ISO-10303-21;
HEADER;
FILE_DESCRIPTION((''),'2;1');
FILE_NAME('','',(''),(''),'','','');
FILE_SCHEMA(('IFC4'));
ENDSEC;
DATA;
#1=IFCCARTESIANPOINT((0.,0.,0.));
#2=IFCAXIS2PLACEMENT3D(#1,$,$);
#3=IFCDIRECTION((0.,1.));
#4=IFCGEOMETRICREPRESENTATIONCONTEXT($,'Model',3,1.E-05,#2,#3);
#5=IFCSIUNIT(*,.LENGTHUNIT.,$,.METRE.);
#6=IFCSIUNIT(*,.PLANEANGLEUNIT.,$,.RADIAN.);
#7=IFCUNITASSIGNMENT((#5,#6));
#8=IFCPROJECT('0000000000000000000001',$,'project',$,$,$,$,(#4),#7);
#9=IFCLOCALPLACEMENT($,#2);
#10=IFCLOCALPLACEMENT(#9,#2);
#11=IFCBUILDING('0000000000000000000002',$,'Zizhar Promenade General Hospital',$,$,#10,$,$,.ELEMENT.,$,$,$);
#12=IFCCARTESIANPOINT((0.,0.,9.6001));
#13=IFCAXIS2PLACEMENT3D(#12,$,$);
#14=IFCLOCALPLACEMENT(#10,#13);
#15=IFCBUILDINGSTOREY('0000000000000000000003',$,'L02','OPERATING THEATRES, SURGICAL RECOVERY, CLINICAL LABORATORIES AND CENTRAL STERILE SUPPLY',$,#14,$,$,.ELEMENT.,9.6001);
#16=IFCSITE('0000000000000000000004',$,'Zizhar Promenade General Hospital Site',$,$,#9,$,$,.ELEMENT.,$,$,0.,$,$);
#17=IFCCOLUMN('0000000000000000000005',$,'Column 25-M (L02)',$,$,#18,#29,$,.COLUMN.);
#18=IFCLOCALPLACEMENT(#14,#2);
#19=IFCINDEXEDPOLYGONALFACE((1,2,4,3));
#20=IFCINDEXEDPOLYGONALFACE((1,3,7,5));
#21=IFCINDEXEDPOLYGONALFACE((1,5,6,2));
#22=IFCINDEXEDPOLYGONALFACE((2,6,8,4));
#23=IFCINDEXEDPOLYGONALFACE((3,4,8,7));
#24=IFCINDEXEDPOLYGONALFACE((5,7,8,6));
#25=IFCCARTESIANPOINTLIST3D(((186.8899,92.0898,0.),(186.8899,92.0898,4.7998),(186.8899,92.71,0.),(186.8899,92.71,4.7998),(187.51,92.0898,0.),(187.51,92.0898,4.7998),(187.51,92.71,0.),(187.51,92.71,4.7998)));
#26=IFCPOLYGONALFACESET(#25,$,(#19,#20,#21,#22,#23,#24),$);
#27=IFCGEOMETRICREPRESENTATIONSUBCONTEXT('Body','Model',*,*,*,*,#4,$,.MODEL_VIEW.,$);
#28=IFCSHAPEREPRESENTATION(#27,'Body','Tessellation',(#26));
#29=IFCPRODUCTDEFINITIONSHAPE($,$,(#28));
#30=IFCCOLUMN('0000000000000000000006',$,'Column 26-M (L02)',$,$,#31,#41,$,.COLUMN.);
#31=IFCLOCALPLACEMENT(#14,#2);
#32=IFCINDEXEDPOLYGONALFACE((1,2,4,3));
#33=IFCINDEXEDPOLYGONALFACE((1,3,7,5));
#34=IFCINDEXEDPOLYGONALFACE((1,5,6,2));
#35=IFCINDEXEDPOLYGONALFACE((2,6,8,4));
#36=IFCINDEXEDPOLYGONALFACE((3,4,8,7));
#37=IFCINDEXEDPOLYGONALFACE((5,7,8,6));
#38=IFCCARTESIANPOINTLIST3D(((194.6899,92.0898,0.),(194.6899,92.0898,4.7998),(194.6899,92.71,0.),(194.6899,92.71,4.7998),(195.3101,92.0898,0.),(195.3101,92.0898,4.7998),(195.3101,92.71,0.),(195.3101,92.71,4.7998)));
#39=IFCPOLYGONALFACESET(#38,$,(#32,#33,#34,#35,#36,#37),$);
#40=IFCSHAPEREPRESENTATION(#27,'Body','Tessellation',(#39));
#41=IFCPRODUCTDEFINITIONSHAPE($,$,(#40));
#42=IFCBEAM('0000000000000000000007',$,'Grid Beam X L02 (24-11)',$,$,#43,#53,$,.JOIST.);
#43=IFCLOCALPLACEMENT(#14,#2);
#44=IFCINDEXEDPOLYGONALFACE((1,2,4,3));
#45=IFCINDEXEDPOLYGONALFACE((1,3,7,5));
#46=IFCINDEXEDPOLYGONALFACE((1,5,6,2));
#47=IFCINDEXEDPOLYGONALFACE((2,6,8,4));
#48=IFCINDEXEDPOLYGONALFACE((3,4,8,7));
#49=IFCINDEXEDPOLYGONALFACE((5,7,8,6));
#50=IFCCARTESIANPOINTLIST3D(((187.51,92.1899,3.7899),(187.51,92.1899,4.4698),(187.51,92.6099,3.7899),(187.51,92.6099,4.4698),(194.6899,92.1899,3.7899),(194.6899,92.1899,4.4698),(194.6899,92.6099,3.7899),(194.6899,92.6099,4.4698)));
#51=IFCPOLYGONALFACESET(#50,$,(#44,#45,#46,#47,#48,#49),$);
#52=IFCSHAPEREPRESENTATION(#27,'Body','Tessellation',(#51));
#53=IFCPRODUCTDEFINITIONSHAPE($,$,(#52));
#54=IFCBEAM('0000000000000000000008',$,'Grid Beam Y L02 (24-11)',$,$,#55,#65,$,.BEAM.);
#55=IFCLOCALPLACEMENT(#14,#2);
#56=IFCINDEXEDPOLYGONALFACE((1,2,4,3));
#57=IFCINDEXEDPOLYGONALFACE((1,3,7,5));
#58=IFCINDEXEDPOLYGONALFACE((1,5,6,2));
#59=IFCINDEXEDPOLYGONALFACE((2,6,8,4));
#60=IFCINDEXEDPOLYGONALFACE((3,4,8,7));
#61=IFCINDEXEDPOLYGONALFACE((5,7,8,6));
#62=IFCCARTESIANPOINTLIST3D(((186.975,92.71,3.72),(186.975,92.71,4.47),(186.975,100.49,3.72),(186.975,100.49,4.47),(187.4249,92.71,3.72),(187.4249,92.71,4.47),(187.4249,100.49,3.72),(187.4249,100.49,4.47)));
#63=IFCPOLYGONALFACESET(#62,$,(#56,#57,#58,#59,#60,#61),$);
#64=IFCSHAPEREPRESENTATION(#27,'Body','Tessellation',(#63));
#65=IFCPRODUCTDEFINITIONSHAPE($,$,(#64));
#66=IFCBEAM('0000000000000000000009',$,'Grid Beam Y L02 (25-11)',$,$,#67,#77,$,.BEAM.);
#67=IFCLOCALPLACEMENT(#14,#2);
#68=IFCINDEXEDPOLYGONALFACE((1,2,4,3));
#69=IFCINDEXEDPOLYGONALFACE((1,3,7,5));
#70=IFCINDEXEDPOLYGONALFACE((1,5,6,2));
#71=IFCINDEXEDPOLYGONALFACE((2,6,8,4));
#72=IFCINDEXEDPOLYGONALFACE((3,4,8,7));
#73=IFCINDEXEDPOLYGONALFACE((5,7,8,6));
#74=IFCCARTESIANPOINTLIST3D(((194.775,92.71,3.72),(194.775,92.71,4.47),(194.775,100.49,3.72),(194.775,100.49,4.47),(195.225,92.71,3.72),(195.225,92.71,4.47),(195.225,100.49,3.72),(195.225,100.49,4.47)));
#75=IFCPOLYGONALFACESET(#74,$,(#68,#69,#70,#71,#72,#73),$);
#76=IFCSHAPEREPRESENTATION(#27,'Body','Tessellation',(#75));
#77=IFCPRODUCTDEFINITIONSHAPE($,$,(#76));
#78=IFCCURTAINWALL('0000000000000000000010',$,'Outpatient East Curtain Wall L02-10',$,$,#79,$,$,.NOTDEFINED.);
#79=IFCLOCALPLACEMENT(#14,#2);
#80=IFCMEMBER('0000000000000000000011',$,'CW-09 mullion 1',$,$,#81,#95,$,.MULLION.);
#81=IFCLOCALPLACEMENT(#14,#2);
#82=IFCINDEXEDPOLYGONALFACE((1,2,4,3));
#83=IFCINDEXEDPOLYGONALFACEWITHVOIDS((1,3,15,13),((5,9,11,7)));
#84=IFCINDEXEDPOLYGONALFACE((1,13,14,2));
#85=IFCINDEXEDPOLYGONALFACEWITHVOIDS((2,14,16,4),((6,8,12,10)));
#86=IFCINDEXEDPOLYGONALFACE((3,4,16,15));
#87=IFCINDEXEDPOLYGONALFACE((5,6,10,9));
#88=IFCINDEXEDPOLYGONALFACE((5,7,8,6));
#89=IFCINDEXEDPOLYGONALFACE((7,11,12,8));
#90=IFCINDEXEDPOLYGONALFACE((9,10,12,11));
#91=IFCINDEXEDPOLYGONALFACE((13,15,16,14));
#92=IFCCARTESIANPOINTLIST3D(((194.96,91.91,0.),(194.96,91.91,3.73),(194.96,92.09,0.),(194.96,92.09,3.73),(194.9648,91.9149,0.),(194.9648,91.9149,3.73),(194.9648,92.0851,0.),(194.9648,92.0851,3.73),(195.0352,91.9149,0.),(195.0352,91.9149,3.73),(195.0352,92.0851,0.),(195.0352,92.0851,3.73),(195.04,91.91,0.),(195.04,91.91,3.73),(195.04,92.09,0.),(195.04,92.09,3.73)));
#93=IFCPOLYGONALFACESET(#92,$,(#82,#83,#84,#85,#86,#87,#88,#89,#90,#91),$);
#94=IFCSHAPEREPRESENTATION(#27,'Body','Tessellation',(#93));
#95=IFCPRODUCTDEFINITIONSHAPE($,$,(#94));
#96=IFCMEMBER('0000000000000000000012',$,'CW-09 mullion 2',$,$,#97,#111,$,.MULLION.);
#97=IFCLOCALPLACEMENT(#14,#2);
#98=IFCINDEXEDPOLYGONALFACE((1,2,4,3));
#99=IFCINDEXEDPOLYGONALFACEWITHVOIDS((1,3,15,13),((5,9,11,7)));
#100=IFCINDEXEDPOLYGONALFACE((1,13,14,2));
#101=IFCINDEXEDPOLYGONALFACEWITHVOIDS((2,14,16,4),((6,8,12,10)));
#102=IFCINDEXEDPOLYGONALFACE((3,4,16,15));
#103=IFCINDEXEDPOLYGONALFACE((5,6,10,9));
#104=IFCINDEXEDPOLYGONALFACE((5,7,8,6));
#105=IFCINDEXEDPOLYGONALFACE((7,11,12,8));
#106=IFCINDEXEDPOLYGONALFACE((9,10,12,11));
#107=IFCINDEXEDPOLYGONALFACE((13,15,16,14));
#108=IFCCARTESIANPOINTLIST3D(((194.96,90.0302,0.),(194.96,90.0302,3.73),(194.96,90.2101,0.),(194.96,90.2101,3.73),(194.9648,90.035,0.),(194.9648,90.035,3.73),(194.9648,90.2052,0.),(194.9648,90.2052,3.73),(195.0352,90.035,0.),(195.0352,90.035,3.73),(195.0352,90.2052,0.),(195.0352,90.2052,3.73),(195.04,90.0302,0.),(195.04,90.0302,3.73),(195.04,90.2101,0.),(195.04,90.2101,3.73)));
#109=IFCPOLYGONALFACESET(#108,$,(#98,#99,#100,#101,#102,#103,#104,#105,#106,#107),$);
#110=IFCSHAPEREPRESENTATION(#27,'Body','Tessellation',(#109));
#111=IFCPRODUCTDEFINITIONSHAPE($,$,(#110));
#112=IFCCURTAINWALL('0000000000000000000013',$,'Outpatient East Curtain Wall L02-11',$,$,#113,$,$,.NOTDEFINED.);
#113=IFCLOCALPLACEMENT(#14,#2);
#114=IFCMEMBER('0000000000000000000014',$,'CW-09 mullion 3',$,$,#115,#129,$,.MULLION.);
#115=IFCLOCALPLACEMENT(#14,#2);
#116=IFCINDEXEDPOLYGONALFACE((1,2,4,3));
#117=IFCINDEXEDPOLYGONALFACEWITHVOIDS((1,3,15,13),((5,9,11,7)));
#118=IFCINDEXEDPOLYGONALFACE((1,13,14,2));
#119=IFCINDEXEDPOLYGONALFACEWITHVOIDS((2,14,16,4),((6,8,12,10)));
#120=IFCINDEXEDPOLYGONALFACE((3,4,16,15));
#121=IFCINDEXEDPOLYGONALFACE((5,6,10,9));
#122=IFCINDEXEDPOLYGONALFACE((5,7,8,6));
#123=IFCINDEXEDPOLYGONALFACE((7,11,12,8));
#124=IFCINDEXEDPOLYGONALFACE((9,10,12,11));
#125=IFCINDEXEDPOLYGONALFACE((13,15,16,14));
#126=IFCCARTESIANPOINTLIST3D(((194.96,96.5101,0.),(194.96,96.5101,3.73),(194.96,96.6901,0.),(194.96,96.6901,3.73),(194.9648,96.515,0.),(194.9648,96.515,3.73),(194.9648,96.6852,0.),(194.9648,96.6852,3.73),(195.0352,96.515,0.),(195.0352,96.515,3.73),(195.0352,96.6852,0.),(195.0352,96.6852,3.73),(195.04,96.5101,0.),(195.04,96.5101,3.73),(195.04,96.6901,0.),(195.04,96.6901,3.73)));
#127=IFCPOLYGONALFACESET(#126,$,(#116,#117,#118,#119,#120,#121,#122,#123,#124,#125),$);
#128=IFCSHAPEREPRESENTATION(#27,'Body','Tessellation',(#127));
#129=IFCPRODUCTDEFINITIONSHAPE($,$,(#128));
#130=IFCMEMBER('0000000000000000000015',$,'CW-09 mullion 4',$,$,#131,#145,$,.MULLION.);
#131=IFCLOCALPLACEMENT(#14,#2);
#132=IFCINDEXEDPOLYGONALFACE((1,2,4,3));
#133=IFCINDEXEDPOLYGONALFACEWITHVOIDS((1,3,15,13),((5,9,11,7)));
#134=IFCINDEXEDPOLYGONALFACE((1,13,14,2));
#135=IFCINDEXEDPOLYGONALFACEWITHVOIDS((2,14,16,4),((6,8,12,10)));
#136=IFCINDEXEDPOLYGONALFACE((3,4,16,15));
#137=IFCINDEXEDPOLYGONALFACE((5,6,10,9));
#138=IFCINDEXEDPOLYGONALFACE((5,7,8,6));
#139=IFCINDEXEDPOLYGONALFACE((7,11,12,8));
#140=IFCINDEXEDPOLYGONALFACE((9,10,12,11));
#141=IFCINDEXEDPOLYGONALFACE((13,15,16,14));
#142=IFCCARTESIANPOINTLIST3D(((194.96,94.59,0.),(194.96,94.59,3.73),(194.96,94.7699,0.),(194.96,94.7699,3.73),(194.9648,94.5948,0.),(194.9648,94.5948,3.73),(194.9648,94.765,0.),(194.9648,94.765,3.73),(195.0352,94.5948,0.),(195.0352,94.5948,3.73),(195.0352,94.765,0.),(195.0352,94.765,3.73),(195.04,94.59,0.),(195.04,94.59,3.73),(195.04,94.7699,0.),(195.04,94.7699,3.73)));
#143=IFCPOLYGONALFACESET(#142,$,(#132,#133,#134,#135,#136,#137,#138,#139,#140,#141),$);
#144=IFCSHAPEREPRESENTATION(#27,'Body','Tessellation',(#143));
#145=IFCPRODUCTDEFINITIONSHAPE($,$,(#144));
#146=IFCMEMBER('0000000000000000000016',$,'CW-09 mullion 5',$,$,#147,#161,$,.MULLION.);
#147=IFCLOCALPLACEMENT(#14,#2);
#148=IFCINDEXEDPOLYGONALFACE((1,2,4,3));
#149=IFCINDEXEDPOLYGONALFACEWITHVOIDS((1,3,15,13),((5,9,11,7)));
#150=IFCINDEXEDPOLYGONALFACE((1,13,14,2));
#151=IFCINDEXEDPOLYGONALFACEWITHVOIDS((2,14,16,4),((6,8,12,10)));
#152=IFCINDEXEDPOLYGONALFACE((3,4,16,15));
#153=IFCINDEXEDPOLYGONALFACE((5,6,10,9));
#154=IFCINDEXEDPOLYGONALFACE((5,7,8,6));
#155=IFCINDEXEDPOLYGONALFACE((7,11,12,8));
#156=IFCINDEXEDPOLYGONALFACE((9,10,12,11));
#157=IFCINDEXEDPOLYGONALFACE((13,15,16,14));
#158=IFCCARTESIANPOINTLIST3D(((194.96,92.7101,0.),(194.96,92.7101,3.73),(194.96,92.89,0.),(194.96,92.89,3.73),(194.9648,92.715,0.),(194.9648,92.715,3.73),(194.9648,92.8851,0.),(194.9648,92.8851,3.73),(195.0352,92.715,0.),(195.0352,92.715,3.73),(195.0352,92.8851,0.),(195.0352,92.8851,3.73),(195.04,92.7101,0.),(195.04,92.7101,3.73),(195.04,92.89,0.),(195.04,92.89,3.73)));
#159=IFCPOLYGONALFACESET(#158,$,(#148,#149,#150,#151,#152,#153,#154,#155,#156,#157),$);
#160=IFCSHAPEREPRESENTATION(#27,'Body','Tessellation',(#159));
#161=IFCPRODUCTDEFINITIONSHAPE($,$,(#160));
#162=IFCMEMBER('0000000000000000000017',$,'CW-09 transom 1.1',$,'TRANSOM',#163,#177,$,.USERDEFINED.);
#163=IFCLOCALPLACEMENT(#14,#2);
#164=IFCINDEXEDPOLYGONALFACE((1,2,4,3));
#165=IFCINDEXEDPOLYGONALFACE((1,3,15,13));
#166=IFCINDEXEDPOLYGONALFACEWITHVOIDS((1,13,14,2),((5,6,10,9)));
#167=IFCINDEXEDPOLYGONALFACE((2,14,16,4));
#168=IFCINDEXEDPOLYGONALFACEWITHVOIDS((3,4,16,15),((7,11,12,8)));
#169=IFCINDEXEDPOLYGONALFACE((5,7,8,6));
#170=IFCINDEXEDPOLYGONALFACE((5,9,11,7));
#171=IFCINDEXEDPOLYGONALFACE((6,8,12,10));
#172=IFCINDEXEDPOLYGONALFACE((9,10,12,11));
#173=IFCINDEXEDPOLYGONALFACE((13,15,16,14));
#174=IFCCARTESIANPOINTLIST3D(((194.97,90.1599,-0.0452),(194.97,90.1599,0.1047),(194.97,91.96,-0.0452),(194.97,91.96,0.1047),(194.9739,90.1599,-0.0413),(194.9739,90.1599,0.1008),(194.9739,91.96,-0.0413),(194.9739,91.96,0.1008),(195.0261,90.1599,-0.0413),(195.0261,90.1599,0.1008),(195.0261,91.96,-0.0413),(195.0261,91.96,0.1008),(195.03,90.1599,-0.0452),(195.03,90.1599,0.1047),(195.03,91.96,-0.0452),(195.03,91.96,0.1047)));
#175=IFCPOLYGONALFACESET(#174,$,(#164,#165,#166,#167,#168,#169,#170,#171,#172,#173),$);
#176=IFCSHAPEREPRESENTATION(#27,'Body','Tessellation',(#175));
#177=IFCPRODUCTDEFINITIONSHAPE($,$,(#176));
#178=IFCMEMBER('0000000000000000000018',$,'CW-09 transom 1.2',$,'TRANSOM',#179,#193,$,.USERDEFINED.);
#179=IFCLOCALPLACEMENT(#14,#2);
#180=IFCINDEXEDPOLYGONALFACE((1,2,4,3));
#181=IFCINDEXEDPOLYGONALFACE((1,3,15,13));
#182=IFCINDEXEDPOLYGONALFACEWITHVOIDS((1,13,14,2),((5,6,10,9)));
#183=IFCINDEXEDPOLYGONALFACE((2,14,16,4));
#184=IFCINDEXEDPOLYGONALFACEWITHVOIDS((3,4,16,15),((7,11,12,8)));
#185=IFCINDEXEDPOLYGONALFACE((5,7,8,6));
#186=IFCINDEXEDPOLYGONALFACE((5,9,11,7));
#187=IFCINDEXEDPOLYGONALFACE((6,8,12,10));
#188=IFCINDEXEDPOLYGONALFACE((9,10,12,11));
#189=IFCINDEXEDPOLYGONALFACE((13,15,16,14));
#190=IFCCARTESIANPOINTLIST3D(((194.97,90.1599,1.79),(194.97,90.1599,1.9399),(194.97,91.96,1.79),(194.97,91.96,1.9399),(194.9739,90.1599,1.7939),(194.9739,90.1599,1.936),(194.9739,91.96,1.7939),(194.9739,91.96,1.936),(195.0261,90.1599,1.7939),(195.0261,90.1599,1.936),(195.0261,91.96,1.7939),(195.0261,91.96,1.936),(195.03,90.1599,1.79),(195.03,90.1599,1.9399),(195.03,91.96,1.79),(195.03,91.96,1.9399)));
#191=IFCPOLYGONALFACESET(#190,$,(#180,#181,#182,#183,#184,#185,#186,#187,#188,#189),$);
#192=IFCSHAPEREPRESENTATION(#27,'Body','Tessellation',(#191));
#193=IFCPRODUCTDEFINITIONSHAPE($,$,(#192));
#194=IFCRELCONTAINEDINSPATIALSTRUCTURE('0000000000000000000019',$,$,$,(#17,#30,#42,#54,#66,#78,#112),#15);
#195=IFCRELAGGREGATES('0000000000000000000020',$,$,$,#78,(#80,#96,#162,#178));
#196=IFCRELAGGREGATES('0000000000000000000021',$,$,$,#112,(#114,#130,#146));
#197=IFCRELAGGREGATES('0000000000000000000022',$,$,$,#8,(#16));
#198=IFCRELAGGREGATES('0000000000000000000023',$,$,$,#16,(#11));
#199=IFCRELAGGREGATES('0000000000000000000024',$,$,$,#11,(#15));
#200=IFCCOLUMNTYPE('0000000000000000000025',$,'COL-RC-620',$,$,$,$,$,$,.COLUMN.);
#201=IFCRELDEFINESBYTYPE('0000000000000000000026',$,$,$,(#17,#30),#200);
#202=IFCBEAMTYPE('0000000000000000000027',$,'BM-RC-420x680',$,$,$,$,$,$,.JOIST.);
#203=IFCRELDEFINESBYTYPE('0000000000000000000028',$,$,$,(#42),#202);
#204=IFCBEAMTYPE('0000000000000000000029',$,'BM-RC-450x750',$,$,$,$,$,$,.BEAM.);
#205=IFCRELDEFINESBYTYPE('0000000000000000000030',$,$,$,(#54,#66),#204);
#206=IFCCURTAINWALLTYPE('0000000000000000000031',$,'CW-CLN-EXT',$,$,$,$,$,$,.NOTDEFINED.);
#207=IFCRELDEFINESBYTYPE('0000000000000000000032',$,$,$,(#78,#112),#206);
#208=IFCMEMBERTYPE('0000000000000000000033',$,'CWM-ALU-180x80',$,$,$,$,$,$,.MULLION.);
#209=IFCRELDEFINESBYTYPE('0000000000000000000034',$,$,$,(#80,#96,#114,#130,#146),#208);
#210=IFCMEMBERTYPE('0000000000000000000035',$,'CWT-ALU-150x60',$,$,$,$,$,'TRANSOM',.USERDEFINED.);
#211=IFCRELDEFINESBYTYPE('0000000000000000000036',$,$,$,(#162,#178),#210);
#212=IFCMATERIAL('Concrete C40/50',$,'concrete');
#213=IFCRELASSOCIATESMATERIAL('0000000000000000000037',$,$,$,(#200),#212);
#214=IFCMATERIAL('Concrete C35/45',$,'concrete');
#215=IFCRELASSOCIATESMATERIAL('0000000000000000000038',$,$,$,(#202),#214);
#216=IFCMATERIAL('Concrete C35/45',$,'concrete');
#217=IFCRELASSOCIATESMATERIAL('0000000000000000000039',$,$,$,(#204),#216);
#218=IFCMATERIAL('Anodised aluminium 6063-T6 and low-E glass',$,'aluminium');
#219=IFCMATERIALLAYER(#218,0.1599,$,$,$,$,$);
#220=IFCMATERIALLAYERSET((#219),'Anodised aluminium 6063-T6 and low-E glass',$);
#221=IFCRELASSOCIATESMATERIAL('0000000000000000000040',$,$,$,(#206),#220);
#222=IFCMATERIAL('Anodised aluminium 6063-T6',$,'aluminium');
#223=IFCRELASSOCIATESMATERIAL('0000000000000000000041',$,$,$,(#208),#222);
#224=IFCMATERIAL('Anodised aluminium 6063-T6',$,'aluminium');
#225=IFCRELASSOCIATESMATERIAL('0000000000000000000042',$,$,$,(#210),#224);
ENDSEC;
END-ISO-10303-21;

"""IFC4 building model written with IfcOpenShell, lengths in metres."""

from ifc_helpers import new_model, si_unit, direction, frame, origin, origin_2d, place, context, subcontext, project, spatial, rectangle, hollow_rectangle, extrude, material, layer, layer_set, material_profile, profile_set, type_object, element, aggregate, save


model = new_model("IFC4")

# Units and contexts
model_context = context("Model", 3, precision=1e-05, world=origin(), true_north=direction((0.0, 1.0)))
body_context = subcontext(model_context, "Body", "Model", "MODEL_VIEW")
ifc_project = project(units=[si_unit("LENGTHUNIT", "METRE"), si_unit("PLANEANGLEUNIT", "RADIAN")], contexts=[model_context])

# Site, building, storey
site_placement = place(None, origin())
site = spatial("IfcSite", under=ifc_project, at=site_placement, Name="Zizhar Promenade General Hospital Site", CompositionType="ELEMENT", RefElevation=0.0)
building_placement = place(site_placement, origin())
building = spatial("IfcBuilding", under=site, at=building_placement, Name="Zizhar Promenade General Hospital", CompositionType="ELEMENT")
storey_placement = place(building_placement, frame((0.0, 0.0, 9.6001)))
storey = spatial("IfcBuildingStorey", under=building, at=storey_placement, Name="L02", Description="OPERATING THEATRES, SURGICAL RECOVERY, CLINICAL LABORATORIES AND CENTRAL STERILE SUPPLY", CompositionType="ELEMENT", Elevation=9.6001)

# Columns
ifc_material_1 = material(Name="Concrete C40/50", Category="concrete")
ifc_material_profile_1 = material_profile(ifc_material_1, rectangle(XDim=0.6201, YDim=0.6201, at=origin_2d()))
ifc_profile_set_1 = profile_set([ifc_material_profile_1], Name="Concrete C40/50")
column_type = type_object("IfcColumnType", Name="COL-RC-620", PredefinedType="COLUMN", material=ifc_profile_set_1)
for number, where, z_axis, x_axis, name in (
    (1, (187.2, 92.3999, 0.0), (0.0, 0.0, 1.0), (1.0, 0.0, 0.0), "Column 25-M (L02)"),
    (2, (195.0, 92.3999, 0.0), (0.0, 0.0, 1.0), (1.0, 0.0, 0.0), "Column 26-M (L02)"),
):
    element("IfcColumn", number, at=place(storey_placement, frame(where, z_axis=z_axis, x_axis=x_axis)), inside=storey, type_object=column_type, Name=name, PredefinedType="COLUMN", context=body_context, shape_type="SweptSolid", body=[
        extrude(rectangle(XDim=0.6201, YDim=0.6201, at=origin_2d()), origin(), (0.0, 0.0, 1.0), 4.7998),
    ])

# Beams
ifc_material_2 = material(Name="Concrete C35/45", Category="concrete")
ifc_material_profile_2 = material_profile(ifc_material_2, rectangle(XDim=0.4199, YDim=0.6799, at=origin_2d()))
ifc_profile_set_2 = profile_set([ifc_material_profile_2], Name="Concrete C35/45")
beam_type_1 = type_object("IfcBeamType", Name="BM-RC-420x680", PredefinedType="JOIST", material=ifc_profile_set_2)
beam_placement = place(storey_placement, frame((187.51, 92.3999, 4.1299), z_axis=(1.0, 0.0, 0.0), x_axis=(0.0, 1.0, 0.0)))
element("IfcBeam", 3, at=beam_placement, inside=storey, type_object=beam_type_1, Name="Grid Beam X L02 (24-11)", PredefinedType="JOIST", context=body_context, shape_type="SweptSolid", body=[
    extrude(rectangle(XDim=0.4199, YDim=0.6799, at=origin_2d()), origin(), (0.0, 0.0, 1.0), 7.1799),
])
ifc_material_3 = material(Name="Concrete C35/45", Category="concrete")
ifc_material_profile_3 = material_profile(ifc_material_3, rectangle(XDim=0.45, YDim=0.75, at=origin_2d()))
ifc_profile_set_3 = profile_set([ifc_material_profile_3], Name="Concrete C35/45")
beam_type_2 = type_object("IfcBeamType", Name="BM-RC-450x750", PredefinedType="BEAM", material=ifc_profile_set_3)
for number, where, z_axis, x_axis, name in (
    (4, (187.2, 92.71, 4.095), (0.0, 1.0, 0.0), (-1.0, 0.0, 0.0), "Grid Beam Y L02 (24-11)"),
    (5, (195.0, 92.71, 4.095), (0.0, 1.0, 0.0), (-1.0, 0.0, 0.0), "Grid Beam Y L02 (25-11)"),
):
    element("IfcBeam", number, at=place(storey_placement, frame(where, z_axis=z_axis, x_axis=x_axis)), inside=storey, type_object=beam_type_2, Name=name, PredefinedType="BEAM", context=body_context, shape_type="SweptSolid", body=[
        extrude(rectangle(XDim=0.45, YDim=0.75, at=origin_2d()), origin(), (0.0, 0.0, 1.0), 7.78),
    ])

# Curtain walls, members
ifc_material_4 = material(Name="Anodised aluminium 6063-T6 and low-E glass", Category="aluminium")
ifc_layer_1 = layer(ifc_material_4, 0.1599)
ifc_layer_set_1 = layer_set([ifc_layer_1], Name="Anodised aluminium 6063-T6 and low-E glass")
curtain_wall_type = type_object("IfcCurtainWallType", Name="CW-CLN-EXT", PredefinedType="NOTDEFINED", material=ifc_layer_set_1)
curtain_wall_1_placement = place(storey_placement, origin())
curtain_wall_1 = element("IfcCurtainWall", 6, at=curtain_wall_1_placement, inside=storey, type_object=curtain_wall_type, Name="Outpatient East Curtain Wall L02-10", PredefinedType="NOTDEFINED")
ifc_material_5 = material(Name="Anodised aluminium 6063-T6", Category="aluminium")
ifc_material_profile_4 = material_profile(ifc_material_5, hollow_rectangle(XDim=0.0801, YDim=0.1799, WallThickness=0.0049, at=origin_2d()))
ifc_profile_set_4 = profile_set([ifc_material_profile_4], Name="Anodised aluminium 6063-T6")
member_type_1 = type_object("IfcMemberType", Name="CWM-ALU-180x80", PredefinedType="MULLION", material=ifc_profile_set_4)
member_1_placement = place(storey_placement, frame((195.0, 92.0, 0.0), z_axis=(0.0, 0.0, 1.0), x_axis=(1.0, 0.0, 0.0)))
member_1 = element("IfcMember", 7, at=member_1_placement, type_object=member_type_1, Name="CW-09 mullion 1", PredefinedType="MULLION", context=body_context, shape_type="SweptSolid", body=[
    extrude(hollow_rectangle(XDim=0.0801, YDim=0.1799, WallThickness=0.0049, at=origin_2d()), origin(), (0.0, 0.0, 1.0), 3.73),
])
member_2_placement = place(storey_placement, frame((195.0, 90.1201, 0.0), z_axis=(0.0, 0.0, 1.0), x_axis=(1.0, 0.0, 0.0)))
member_2 = element("IfcMember", 8, at=member_2_placement, type_object=member_type_1, Name="CW-09 mullion 2", PredefinedType="MULLION", context=body_context, shape_type="SweptSolid", body=[
    extrude(hollow_rectangle(XDim=0.0801, YDim=0.1799, WallThickness=0.0049, at=origin_2d()), origin(), (0.0, 0.0, 1.0), 3.73),
])
curtain_wall_2_placement = place(storey_placement, origin())
curtain_wall_2 = element("IfcCurtainWall", 9, at=curtain_wall_2_placement, inside=storey, type_object=curtain_wall_type, Name="Outpatient East Curtain Wall L02-11", PredefinedType="NOTDEFINED")
member_3_placement = place(storey_placement, frame((195.0, 96.6001, 0.0), z_axis=(0.0, 0.0, 1.0), x_axis=(1.0, 0.0, 0.0)))
member_3 = element("IfcMember", 10, at=member_3_placement, type_object=member_type_1, Name="CW-09 mullion 3", PredefinedType="MULLION", context=body_context, shape_type="SweptSolid", body=[
    extrude(hollow_rectangle(XDim=0.0801, YDim=0.1799, WallThickness=0.0049, at=origin_2d()), origin(), (0.0, 0.0, 1.0), 3.73),
])
member_4_placement = place(storey_placement, frame((195.0, 94.6799, 0.0), z_axis=(0.0, 0.0, 1.0), x_axis=(1.0, 0.0, 0.0)))
member_4 = element("IfcMember", 11, at=member_4_placement, type_object=member_type_1, Name="CW-09 mullion 4", PredefinedType="MULLION", context=body_context, shape_type="SweptSolid", body=[
    extrude(hollow_rectangle(XDim=0.0801, YDim=0.1799, WallThickness=0.0049, at=origin_2d()), origin(), (0.0, 0.0, 1.0), 3.73),
])
member_5_placement = place(storey_placement, frame((195.0, 92.8, 0.0), z_axis=(0.0, 0.0, 1.0), x_axis=(1.0, 0.0, 0.0)))
member_5 = element("IfcMember", 12, at=member_5_placement, type_object=member_type_1, Name="CW-09 mullion 5", PredefinedType="MULLION", context=body_context, shape_type="SweptSolid", body=[
    extrude(hollow_rectangle(XDim=0.0801, YDim=0.1799, WallThickness=0.0049, at=origin_2d()), origin(), (0.0, 0.0, 1.0), 3.73),
])

# Members
ifc_material_6 = material(Name="Anodised aluminium 6063-T6", Category="aluminium")
ifc_material_profile_5 = material_profile(ifc_material_6, hollow_rectangle(XDim=0.0601, YDim=0.1499, WallThickness=0.0039, at=origin_2d()))
ifc_profile_set_5 = profile_set([ifc_material_profile_5], Name="Anodised aluminium 6063-T6")
member_type_2 = type_object("IfcMemberType", Name="CWT-ALU-150x60", ElementType="TRANSOM", PredefinedType="USERDEFINED", material=ifc_profile_set_5)
member_6_placement = place(storey_placement, frame((195.0, 91.96, 0.0298), z_axis=(0.0, -1.0, 0.0), x_axis=(1.0, 0.0, 0.0)))
member_6 = element("IfcMember", 13, at=member_6_placement, type_object=member_type_2, Name="CW-09 transom 1.1", ObjectType="TRANSOM", PredefinedType="USERDEFINED", context=body_context, shape_type="SweptSolid", body=[
    extrude(hollow_rectangle(XDim=0.0601, YDim=0.1499, WallThickness=0.0039, at=origin_2d()), origin(), (0.0, 0.0, 1.0), 1.8),
])
member_7_placement = place(storey_placement, frame((195.0, 91.96, 1.865), z_axis=(0.0, -1.0, 0.0), x_axis=(1.0, 0.0, 0.0)))
member_7 = element("IfcMember", 14, at=member_7_placement, type_object=member_type_2, Name="CW-09 transom 1.2", ObjectType="TRANSOM", PredefinedType="USERDEFINED", context=body_context, shape_type="SweptSolid", body=[
    extrude(hollow_rectangle(XDim=0.0601, YDim=0.1499, WallThickness=0.0039, at=origin_2d()), origin(), (0.0, 0.0, 1.0), 1.8),
])

aggregate(curtain_wall_1, [member_1, member_2, member_6, member_7])
aggregate(curtain_wall_2, [member_3, member_4, member_5])

save(model, "model.ifc")
